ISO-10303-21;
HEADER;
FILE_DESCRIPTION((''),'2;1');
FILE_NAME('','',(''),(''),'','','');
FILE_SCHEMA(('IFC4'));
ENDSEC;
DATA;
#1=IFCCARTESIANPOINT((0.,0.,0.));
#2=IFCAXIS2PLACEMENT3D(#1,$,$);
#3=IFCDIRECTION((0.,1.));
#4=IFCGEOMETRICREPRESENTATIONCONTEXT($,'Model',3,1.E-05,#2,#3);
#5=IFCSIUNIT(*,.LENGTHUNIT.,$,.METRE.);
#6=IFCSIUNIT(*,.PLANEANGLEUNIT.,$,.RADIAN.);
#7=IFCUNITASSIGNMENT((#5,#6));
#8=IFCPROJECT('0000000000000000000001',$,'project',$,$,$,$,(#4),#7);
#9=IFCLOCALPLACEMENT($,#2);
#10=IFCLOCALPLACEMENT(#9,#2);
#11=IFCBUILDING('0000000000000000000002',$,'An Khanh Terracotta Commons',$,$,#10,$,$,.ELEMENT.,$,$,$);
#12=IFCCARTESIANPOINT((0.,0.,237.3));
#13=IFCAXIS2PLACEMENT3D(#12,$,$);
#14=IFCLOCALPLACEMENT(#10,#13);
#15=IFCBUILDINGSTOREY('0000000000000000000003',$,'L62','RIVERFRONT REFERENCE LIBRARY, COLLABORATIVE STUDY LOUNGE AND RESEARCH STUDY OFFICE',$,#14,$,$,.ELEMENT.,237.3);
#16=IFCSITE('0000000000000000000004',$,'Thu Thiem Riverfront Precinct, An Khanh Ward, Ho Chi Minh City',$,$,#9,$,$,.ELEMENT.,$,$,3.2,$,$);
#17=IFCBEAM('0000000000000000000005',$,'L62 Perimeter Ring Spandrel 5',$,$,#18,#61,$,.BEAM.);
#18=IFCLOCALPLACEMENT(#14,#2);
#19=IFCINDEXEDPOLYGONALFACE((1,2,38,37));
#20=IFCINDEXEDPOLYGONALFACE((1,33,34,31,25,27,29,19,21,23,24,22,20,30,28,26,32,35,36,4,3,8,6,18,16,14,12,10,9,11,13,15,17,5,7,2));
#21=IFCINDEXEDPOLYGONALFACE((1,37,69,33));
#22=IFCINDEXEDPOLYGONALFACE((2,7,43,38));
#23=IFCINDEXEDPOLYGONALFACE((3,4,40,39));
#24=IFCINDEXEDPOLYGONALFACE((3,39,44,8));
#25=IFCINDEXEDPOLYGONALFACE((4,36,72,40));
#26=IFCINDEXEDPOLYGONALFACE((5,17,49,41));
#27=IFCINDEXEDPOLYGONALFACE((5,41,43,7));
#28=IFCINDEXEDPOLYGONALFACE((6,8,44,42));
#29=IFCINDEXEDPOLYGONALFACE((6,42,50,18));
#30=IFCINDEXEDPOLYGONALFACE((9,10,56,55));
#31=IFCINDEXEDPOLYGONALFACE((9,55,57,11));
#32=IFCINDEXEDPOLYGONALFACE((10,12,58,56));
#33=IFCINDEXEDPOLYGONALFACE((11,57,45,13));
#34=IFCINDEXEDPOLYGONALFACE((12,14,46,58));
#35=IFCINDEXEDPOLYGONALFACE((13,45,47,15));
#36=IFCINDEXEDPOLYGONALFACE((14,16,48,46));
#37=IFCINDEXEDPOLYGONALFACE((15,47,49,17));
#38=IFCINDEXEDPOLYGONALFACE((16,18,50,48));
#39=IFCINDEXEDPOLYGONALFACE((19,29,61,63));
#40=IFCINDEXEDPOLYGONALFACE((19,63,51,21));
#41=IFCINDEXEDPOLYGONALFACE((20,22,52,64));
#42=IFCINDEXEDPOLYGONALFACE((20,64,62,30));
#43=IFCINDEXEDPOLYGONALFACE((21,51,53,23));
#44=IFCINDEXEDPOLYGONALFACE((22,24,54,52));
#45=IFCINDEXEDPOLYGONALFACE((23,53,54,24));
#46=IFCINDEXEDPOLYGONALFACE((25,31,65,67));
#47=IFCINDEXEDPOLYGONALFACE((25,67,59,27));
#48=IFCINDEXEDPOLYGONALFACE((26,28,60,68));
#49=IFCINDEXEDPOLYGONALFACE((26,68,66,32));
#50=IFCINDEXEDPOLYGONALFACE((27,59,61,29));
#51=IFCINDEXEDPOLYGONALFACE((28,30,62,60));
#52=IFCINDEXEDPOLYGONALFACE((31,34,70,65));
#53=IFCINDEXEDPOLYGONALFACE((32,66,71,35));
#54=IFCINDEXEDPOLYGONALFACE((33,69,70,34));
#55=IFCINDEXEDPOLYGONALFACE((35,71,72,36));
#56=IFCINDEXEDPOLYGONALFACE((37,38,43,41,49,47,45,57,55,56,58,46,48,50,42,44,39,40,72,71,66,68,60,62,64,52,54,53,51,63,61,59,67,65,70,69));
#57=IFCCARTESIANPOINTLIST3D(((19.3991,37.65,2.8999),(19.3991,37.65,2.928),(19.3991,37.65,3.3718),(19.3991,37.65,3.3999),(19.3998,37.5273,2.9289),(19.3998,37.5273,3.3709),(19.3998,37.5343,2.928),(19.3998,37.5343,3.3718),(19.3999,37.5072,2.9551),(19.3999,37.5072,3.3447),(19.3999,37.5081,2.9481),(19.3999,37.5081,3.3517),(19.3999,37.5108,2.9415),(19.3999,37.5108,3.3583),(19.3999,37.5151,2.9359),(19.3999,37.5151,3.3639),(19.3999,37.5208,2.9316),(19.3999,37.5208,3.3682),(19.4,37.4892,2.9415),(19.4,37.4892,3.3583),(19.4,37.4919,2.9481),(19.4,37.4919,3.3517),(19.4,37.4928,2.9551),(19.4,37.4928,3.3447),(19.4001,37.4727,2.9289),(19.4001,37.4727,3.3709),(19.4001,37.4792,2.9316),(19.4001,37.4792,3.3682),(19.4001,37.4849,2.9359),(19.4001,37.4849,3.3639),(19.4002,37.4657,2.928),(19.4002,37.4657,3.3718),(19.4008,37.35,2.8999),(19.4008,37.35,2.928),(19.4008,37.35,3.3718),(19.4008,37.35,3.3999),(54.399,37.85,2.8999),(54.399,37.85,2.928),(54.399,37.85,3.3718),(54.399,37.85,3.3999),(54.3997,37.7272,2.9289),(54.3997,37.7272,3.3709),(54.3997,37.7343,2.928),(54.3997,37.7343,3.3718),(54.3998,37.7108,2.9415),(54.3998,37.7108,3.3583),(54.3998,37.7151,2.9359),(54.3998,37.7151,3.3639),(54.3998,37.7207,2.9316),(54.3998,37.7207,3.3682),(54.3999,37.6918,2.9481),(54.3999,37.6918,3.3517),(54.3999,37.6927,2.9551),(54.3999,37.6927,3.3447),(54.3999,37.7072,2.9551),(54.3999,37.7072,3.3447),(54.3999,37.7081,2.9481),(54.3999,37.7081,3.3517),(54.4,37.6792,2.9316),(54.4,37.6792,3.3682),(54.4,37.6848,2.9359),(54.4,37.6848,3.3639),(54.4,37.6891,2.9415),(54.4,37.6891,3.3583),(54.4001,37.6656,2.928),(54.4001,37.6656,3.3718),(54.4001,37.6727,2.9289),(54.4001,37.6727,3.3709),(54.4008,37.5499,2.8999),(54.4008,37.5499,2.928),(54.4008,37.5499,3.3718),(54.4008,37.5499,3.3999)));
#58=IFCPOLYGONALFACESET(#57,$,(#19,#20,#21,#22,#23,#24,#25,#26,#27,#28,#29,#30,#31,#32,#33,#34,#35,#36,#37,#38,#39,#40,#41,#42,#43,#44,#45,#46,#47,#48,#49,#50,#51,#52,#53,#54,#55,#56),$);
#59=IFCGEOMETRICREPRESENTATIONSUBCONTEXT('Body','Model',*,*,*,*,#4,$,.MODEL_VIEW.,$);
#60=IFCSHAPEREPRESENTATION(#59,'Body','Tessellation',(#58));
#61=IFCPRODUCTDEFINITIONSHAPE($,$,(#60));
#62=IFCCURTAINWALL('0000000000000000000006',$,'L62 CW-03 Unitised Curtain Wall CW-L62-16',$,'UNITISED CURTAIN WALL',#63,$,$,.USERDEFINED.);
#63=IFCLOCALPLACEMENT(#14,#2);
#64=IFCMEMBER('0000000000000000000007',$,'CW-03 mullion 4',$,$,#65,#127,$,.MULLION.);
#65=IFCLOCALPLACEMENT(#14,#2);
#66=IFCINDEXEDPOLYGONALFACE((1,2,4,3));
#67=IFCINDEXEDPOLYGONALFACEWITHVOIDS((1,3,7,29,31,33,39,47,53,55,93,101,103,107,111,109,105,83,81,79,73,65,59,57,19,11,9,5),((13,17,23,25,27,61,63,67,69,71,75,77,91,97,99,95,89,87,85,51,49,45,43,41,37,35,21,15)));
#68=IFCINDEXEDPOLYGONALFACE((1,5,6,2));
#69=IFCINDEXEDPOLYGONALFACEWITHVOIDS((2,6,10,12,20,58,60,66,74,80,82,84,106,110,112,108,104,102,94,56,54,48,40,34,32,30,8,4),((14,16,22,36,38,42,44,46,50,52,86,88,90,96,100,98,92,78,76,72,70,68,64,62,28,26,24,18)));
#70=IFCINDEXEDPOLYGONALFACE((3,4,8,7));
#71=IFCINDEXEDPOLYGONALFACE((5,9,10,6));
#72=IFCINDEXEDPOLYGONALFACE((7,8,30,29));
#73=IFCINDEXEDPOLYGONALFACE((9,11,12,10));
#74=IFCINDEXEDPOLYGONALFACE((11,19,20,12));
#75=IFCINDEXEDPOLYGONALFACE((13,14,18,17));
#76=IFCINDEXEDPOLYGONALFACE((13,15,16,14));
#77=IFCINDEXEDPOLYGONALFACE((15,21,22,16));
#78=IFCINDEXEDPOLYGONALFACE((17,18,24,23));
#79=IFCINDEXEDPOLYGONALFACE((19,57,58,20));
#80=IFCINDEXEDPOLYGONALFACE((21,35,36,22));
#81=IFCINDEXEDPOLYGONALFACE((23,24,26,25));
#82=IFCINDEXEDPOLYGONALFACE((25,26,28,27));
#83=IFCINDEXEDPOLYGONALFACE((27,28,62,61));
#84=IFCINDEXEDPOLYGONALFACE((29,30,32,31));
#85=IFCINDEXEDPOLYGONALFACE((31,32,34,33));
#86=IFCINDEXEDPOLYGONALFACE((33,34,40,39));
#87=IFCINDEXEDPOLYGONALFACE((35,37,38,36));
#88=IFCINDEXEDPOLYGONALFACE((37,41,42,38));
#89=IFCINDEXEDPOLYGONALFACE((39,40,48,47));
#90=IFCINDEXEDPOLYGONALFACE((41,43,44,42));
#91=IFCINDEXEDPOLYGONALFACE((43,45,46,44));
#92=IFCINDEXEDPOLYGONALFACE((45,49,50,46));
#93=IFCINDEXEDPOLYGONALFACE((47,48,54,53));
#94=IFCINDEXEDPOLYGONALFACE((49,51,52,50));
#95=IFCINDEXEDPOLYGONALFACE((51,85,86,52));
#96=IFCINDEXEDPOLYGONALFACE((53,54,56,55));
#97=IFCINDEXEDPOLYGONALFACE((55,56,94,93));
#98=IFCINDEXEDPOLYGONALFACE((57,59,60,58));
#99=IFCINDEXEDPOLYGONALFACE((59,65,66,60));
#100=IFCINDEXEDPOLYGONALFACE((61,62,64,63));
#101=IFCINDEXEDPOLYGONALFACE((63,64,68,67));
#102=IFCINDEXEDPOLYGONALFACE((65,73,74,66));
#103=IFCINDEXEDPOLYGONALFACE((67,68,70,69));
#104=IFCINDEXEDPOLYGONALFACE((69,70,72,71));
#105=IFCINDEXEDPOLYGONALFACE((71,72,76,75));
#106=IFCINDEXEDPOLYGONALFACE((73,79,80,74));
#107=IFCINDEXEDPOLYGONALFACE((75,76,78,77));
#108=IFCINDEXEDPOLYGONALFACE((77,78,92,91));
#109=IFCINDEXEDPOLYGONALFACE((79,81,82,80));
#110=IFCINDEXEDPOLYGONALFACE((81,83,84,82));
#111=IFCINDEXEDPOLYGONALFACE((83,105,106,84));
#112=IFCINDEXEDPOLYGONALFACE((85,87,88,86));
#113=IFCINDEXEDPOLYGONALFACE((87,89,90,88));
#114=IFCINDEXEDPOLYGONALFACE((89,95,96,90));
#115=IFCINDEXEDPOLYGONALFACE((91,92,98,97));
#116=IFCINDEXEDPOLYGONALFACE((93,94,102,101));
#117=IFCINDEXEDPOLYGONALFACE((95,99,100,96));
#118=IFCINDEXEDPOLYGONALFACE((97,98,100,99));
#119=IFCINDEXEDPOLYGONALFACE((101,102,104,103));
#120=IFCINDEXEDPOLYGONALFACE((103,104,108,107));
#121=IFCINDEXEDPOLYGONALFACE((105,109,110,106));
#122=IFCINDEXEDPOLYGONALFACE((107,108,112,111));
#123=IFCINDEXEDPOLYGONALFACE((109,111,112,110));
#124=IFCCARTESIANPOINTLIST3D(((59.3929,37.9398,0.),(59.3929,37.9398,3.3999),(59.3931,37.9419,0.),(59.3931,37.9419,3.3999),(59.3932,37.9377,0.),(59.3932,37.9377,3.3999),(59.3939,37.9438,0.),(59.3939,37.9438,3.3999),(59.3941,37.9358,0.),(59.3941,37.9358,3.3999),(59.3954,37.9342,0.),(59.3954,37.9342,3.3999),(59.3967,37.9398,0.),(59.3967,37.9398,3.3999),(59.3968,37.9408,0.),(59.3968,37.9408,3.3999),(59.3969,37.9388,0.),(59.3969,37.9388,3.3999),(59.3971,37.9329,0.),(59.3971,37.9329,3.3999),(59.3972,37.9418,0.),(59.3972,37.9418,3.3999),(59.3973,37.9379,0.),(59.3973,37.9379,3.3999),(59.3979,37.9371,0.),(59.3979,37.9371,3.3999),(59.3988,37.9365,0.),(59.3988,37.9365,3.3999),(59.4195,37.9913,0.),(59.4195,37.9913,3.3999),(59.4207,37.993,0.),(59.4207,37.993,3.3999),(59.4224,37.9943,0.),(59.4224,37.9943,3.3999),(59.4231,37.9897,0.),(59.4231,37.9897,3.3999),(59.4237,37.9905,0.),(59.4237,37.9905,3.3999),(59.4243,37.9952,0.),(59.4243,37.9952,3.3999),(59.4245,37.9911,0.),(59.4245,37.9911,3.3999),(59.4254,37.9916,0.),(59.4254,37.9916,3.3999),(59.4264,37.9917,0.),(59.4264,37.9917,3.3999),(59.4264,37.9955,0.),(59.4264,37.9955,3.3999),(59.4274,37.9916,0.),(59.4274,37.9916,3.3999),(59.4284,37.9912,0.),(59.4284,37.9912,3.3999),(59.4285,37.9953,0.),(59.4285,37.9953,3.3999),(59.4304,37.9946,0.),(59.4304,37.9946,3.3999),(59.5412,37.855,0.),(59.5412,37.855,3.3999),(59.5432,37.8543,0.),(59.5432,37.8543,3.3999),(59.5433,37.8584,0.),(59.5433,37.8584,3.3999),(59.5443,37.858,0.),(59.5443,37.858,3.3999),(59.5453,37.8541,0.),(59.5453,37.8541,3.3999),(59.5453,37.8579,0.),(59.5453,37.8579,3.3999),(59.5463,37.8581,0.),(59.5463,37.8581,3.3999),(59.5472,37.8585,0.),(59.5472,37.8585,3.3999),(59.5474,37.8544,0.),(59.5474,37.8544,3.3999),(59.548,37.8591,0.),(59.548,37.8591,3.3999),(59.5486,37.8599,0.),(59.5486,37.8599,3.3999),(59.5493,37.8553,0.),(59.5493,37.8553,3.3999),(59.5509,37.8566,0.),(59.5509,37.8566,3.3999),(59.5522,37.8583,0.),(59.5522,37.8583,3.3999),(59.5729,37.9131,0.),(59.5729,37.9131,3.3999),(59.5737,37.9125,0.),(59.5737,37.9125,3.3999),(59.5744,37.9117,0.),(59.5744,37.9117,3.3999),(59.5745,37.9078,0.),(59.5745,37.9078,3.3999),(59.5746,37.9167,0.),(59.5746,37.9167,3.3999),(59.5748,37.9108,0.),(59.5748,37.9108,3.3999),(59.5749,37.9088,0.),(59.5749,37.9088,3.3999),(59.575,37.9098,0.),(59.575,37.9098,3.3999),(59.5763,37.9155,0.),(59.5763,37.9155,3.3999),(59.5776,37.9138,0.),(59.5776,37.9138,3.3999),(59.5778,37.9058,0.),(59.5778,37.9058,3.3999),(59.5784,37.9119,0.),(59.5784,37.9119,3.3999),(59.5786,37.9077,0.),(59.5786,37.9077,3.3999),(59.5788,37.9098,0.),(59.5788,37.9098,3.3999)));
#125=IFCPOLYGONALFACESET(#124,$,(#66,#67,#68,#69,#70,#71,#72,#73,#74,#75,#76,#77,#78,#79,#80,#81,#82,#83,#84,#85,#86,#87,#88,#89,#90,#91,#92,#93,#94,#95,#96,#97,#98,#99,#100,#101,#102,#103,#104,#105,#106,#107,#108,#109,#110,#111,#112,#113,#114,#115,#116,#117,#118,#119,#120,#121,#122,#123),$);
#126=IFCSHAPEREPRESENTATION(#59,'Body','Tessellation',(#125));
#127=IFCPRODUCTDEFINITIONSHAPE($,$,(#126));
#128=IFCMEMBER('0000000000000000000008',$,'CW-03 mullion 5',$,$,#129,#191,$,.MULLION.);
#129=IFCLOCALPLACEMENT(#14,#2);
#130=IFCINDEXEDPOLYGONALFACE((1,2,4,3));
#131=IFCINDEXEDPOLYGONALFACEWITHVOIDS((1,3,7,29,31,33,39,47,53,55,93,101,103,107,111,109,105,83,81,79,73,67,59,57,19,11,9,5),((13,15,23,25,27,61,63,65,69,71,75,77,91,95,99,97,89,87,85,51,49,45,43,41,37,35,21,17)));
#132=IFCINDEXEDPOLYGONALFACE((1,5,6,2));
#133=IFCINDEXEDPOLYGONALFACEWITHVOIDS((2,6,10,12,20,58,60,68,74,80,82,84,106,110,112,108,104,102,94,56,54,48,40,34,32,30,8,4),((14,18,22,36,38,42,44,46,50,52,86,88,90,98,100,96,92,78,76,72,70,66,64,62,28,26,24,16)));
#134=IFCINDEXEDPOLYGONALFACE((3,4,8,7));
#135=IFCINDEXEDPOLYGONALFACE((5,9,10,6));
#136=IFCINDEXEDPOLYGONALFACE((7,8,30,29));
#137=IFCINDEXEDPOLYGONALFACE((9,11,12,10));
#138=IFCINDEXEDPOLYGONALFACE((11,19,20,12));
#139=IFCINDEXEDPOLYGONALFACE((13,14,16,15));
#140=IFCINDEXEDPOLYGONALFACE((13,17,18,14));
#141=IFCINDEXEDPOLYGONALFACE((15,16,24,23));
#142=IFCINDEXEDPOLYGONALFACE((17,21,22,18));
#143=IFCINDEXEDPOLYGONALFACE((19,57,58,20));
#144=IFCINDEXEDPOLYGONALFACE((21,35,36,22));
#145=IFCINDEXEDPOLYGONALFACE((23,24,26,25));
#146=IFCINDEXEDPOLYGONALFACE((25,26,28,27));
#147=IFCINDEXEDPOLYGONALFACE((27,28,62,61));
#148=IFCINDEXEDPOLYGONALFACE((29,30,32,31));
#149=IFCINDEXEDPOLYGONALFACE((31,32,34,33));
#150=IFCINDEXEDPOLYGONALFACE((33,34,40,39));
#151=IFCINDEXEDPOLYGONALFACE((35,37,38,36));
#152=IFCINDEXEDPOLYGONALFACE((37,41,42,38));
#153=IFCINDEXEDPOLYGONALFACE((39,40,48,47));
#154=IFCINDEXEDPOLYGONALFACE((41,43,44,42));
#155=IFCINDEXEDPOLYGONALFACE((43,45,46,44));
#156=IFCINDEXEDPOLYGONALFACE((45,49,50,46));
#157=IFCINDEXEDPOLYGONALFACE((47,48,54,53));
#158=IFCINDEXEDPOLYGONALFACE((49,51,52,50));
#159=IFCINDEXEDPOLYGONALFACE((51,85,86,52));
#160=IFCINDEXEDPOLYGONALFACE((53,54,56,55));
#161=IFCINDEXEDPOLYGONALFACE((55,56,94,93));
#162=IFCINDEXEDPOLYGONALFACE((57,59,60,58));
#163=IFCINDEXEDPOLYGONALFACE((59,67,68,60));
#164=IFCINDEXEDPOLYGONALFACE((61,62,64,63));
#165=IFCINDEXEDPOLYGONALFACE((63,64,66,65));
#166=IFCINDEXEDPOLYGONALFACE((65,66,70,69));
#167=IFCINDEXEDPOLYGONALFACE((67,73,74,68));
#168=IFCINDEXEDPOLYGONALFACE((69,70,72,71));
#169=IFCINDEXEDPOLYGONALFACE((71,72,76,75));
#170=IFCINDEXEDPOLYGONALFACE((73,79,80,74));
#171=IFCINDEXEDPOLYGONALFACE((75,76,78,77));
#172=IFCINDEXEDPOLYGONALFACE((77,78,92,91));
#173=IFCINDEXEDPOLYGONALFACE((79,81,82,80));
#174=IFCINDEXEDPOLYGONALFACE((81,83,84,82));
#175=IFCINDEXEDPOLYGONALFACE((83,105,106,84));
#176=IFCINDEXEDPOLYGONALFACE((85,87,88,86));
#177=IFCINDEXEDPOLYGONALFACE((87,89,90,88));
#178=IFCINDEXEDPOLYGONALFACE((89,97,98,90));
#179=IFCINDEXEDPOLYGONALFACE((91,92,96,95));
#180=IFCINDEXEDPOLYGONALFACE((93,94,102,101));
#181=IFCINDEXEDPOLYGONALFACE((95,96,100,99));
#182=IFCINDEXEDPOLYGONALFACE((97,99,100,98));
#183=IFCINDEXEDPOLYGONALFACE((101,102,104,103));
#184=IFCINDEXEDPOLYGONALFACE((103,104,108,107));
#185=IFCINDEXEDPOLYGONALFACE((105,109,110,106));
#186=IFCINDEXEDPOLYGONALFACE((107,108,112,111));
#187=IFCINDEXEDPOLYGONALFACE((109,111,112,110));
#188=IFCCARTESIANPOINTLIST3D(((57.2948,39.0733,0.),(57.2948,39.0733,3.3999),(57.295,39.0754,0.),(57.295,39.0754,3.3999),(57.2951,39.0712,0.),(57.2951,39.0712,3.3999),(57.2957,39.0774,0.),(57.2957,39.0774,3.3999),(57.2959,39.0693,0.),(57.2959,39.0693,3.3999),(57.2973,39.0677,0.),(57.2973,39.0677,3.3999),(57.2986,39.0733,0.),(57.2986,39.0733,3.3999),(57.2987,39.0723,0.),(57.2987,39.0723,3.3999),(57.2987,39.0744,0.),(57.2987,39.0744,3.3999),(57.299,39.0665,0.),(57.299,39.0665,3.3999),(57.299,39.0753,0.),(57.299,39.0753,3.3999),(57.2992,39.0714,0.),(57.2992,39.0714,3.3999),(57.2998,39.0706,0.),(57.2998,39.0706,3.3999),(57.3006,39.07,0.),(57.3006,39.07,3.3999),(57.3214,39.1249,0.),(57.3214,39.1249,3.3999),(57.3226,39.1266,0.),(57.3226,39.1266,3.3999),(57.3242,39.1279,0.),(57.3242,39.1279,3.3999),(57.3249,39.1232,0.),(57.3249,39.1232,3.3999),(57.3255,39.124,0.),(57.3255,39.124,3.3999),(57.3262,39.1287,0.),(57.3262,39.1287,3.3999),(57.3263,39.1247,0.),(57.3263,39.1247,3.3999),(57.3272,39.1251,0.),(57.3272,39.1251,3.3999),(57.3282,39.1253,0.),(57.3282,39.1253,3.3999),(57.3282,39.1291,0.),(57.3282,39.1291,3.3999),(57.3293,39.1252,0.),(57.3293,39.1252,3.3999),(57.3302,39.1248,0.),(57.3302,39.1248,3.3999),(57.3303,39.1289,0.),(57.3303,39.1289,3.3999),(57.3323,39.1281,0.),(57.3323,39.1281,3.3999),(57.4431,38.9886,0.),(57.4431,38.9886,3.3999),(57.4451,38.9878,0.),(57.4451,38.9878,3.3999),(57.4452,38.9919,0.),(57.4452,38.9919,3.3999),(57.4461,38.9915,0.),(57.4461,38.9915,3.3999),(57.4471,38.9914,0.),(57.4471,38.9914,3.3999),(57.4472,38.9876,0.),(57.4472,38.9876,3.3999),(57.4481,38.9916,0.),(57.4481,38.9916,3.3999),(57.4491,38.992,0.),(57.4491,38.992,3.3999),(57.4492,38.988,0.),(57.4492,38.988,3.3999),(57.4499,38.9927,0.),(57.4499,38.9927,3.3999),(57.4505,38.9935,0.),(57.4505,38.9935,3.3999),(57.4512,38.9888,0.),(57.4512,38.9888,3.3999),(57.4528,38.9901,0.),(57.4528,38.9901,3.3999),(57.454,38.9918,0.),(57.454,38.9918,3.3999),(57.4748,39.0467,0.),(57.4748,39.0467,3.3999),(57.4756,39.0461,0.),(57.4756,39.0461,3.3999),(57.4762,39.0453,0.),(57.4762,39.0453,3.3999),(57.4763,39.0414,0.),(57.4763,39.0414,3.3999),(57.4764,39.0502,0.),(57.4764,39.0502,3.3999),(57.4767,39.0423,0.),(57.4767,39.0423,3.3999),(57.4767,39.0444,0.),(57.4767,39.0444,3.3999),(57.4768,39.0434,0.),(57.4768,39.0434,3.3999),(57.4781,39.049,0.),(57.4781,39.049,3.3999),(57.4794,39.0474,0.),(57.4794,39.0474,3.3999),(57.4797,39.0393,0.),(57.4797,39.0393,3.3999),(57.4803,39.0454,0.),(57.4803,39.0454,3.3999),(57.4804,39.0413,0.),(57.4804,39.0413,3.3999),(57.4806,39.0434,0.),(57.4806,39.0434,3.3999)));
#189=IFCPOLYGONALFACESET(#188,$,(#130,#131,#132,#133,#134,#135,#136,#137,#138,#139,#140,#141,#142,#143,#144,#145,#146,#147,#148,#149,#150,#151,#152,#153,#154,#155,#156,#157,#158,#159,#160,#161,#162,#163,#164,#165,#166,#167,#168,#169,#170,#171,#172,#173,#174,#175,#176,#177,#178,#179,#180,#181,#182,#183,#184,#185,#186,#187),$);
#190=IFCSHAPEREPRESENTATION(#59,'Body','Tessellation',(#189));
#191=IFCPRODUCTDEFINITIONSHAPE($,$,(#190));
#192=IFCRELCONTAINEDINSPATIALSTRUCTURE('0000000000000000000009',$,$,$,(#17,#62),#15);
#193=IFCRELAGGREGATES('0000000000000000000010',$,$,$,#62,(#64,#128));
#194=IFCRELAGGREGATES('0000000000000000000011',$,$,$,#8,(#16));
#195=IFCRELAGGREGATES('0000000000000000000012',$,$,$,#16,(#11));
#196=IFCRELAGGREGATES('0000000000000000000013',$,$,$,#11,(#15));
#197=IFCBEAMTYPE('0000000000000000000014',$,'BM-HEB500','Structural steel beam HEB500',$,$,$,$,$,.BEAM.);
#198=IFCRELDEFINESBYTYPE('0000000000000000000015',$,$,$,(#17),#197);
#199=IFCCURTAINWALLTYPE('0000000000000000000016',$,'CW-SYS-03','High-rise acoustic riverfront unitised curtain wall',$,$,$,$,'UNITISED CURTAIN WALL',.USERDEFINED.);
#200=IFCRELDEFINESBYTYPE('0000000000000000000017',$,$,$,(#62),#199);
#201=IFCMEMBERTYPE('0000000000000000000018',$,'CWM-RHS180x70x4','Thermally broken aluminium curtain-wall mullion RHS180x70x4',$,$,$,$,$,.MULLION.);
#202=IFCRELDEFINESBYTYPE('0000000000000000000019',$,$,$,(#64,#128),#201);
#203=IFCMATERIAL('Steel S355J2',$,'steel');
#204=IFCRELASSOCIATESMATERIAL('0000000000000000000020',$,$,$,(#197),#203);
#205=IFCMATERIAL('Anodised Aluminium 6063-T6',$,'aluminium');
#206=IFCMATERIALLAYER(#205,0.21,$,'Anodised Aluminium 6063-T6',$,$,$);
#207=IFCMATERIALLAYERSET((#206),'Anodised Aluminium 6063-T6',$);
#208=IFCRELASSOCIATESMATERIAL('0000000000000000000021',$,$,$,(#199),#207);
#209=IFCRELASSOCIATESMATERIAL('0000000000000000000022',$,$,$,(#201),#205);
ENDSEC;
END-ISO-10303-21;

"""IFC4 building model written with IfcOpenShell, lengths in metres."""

from ifc_helpers import new_model, si_unit, direction, frame, origin, origin_2d, place, context, subcontext, project, spatial, hollow_rectangle, i_section, extrude, material, layer, layer_set, material_profile, profile_set, type_object, element, aggregate, save


model = new_model("IFC4")

# Units and contexts
model_context = context("Model", 3, precision=1e-05, world=origin(), true_north=direction((0.0, 1.0)))
body_context = subcontext(model_context, "Body", "Model", "MODEL_VIEW")
ifc_project = project(units=[si_unit("LENGTHUNIT", "METRE"), si_unit("PLANEANGLEUNIT", "RADIAN")], contexts=[model_context])

# Site, building, storey
site_placement = place(None, origin())
site = spatial("IfcSite", under=ifc_project, at=site_placement, Name="Thu Thiem Riverfront Precinct, An Khanh Ward, Ho Chi Minh City", CompositionType="ELEMENT", RefElevation=3.2)
building_placement = place(site_placement, origin())
building = spatial("IfcBuilding", under=site, at=building_placement, Name="An Khanh Terracotta Commons", CompositionType="ELEMENT")
storey_placement = place(building_placement, frame((0.0, 0.0, 237.3)))
storey = spatial("IfcBuildingStorey", under=building, at=storey_placement, Name="L62", Description="RIVERFRONT REFERENCE LIBRARY, COLLABORATIVE STUDY LOUNGE AND RESEARCH STUDY OFFICE", CompositionType="ELEMENT", Elevation=237.3)

# Beam
ifc_material_1 = material(Name="Steel S355J2", Category="steel")
ifc_material_profile_1 = material_profile(ifc_material_1, i_section(OverallWidth=0.3, OverallDepth=0.5, WebThickness=0.0144, FlangeThickness=0.0281, FilletRadius=0.0271, at=origin_2d()), Name="HEB500")
ifc_profile_set_1 = profile_set([ifc_material_profile_1], Name="Steel S355J2")
beam_type_1 = type_object("IfcBeamType", Name="BM-HEB500", Description="Structural steel beam HEB500", PredefinedType="BEAM", material=ifc_profile_set_1)
beam_1_placement = place(storey_placement, frame((54.3999, 37.7, 3.1499), z_axis=(-0.999984, -0.005713, 0.0), x_axis=(0.005713, -0.999984, 0.0)))
element("IfcBeam", 1, at=beam_1_placement, inside=storey, type_object=beam_type_1, Name="L62 Perimeter Ring Spandrel 5", PredefinedType="BEAM", context=body_context, shape_type="SweptSolid", body=[
    extrude(i_section(OverallWidth=0.3, OverallDepth=0.5, WebThickness=0.0144, FlangeThickness=0.0281, FilletRadius=0.0271, at=origin_2d()), origin(), (0.0, 0.0, 1.0), 35.0005),
])

# Curtain wall, members
ifc_material_2 = material(Name="Anodised Aluminium 6063-T6", Category="aluminium")
ifc_layer_1 = layer(ifc_material_2, 0.21, Name="Anodised Aluminium 6063-T6")
ifc_layer_set_1 = layer_set([ifc_layer_1], Name="Anodised Aluminium 6063-T6")
curtain_wall_type = type_object("IfcCurtainWallType", Name="CW-SYS-03", Description="High-rise acoustic riverfront unitised curtain wall", ElementType="UNITISED CURTAIN WALL", PredefinedType="USERDEFINED", material=ifc_layer_set_1)
curtain_wall_placement = place(storey_placement, origin())
curtain_wall = element("IfcCurtainWall", 2, at=curtain_wall_placement, inside=storey, type_object=curtain_wall_type, Name="L62 CW-03 Unitised Curtain Wall CW-L62-16", ObjectType="UNITISED CURTAIN WALL", PredefinedType="USERDEFINED")
ifc_material_profile_2 = material_profile(ifc_material_2, hollow_rectangle(XDim=0.0701, YDim=0.1799, WallThickness=0.0039, InnerFilletRadius=0.0039, OuterFilletRadius=0.0081, at=origin_2d()), Name="RHS180x70x4")
ifc_profile_set_2 = profile_set([ifc_material_profile_2], Name="Anodised Aluminium 6063-T6")
member_type_1 = type_object("IfcMemberType", Name="CWM-RHS180x70x4", Description="Thermally broken aluminium curtain-wall mullion RHS180x70x4", PredefinedType="MULLION", material=ifc_profile_set_2)
member_1_placement = place(storey_placement, frame((59.4858, 37.9248, 0.0), z_axis=(0.0, 0.0, 1.0), x_axis=(-0.475381, -0.87978, 0.0)))
member_1 = element("IfcMember", 3, at=member_1_placement, type_object=member_type_1, Name="CW-03 mullion 4", PredefinedType="MULLION", context=body_context, shape_type="SweptSolid", body=[
    extrude(hollow_rectangle(XDim=0.0701, YDim=0.1799, WallThickness=0.0039, InnerFilletRadius=0.0039, OuterFilletRadius=0.0081, at=origin_2d()), origin(), (0.0, 0.0, 1.0), 3.3999),
])
member_2_placement = place(storey_placement, frame((57.3877, 39.0583, 0.0), z_axis=(0.0, 0.0, 1.0), x_axis=(-0.475381, -0.87978, 0.0)))
member_2 = element("IfcMember", 4, at=member_2_placement, type_object=member_type_1, Name="CW-03 mullion 5", PredefinedType="MULLION", context=body_context, shape_type="SweptSolid", body=[
    extrude(hollow_rectangle(XDim=0.0701, YDim=0.1799, WallThickness=0.0039, InnerFilletRadius=0.0039, OuterFilletRadius=0.0081, at=origin_2d()), origin(), (0.0, 0.0, 1.0), 3.3999),
])
aggregate(curtain_wall, [member_1, member_2])

save(model, "model.ifc")
